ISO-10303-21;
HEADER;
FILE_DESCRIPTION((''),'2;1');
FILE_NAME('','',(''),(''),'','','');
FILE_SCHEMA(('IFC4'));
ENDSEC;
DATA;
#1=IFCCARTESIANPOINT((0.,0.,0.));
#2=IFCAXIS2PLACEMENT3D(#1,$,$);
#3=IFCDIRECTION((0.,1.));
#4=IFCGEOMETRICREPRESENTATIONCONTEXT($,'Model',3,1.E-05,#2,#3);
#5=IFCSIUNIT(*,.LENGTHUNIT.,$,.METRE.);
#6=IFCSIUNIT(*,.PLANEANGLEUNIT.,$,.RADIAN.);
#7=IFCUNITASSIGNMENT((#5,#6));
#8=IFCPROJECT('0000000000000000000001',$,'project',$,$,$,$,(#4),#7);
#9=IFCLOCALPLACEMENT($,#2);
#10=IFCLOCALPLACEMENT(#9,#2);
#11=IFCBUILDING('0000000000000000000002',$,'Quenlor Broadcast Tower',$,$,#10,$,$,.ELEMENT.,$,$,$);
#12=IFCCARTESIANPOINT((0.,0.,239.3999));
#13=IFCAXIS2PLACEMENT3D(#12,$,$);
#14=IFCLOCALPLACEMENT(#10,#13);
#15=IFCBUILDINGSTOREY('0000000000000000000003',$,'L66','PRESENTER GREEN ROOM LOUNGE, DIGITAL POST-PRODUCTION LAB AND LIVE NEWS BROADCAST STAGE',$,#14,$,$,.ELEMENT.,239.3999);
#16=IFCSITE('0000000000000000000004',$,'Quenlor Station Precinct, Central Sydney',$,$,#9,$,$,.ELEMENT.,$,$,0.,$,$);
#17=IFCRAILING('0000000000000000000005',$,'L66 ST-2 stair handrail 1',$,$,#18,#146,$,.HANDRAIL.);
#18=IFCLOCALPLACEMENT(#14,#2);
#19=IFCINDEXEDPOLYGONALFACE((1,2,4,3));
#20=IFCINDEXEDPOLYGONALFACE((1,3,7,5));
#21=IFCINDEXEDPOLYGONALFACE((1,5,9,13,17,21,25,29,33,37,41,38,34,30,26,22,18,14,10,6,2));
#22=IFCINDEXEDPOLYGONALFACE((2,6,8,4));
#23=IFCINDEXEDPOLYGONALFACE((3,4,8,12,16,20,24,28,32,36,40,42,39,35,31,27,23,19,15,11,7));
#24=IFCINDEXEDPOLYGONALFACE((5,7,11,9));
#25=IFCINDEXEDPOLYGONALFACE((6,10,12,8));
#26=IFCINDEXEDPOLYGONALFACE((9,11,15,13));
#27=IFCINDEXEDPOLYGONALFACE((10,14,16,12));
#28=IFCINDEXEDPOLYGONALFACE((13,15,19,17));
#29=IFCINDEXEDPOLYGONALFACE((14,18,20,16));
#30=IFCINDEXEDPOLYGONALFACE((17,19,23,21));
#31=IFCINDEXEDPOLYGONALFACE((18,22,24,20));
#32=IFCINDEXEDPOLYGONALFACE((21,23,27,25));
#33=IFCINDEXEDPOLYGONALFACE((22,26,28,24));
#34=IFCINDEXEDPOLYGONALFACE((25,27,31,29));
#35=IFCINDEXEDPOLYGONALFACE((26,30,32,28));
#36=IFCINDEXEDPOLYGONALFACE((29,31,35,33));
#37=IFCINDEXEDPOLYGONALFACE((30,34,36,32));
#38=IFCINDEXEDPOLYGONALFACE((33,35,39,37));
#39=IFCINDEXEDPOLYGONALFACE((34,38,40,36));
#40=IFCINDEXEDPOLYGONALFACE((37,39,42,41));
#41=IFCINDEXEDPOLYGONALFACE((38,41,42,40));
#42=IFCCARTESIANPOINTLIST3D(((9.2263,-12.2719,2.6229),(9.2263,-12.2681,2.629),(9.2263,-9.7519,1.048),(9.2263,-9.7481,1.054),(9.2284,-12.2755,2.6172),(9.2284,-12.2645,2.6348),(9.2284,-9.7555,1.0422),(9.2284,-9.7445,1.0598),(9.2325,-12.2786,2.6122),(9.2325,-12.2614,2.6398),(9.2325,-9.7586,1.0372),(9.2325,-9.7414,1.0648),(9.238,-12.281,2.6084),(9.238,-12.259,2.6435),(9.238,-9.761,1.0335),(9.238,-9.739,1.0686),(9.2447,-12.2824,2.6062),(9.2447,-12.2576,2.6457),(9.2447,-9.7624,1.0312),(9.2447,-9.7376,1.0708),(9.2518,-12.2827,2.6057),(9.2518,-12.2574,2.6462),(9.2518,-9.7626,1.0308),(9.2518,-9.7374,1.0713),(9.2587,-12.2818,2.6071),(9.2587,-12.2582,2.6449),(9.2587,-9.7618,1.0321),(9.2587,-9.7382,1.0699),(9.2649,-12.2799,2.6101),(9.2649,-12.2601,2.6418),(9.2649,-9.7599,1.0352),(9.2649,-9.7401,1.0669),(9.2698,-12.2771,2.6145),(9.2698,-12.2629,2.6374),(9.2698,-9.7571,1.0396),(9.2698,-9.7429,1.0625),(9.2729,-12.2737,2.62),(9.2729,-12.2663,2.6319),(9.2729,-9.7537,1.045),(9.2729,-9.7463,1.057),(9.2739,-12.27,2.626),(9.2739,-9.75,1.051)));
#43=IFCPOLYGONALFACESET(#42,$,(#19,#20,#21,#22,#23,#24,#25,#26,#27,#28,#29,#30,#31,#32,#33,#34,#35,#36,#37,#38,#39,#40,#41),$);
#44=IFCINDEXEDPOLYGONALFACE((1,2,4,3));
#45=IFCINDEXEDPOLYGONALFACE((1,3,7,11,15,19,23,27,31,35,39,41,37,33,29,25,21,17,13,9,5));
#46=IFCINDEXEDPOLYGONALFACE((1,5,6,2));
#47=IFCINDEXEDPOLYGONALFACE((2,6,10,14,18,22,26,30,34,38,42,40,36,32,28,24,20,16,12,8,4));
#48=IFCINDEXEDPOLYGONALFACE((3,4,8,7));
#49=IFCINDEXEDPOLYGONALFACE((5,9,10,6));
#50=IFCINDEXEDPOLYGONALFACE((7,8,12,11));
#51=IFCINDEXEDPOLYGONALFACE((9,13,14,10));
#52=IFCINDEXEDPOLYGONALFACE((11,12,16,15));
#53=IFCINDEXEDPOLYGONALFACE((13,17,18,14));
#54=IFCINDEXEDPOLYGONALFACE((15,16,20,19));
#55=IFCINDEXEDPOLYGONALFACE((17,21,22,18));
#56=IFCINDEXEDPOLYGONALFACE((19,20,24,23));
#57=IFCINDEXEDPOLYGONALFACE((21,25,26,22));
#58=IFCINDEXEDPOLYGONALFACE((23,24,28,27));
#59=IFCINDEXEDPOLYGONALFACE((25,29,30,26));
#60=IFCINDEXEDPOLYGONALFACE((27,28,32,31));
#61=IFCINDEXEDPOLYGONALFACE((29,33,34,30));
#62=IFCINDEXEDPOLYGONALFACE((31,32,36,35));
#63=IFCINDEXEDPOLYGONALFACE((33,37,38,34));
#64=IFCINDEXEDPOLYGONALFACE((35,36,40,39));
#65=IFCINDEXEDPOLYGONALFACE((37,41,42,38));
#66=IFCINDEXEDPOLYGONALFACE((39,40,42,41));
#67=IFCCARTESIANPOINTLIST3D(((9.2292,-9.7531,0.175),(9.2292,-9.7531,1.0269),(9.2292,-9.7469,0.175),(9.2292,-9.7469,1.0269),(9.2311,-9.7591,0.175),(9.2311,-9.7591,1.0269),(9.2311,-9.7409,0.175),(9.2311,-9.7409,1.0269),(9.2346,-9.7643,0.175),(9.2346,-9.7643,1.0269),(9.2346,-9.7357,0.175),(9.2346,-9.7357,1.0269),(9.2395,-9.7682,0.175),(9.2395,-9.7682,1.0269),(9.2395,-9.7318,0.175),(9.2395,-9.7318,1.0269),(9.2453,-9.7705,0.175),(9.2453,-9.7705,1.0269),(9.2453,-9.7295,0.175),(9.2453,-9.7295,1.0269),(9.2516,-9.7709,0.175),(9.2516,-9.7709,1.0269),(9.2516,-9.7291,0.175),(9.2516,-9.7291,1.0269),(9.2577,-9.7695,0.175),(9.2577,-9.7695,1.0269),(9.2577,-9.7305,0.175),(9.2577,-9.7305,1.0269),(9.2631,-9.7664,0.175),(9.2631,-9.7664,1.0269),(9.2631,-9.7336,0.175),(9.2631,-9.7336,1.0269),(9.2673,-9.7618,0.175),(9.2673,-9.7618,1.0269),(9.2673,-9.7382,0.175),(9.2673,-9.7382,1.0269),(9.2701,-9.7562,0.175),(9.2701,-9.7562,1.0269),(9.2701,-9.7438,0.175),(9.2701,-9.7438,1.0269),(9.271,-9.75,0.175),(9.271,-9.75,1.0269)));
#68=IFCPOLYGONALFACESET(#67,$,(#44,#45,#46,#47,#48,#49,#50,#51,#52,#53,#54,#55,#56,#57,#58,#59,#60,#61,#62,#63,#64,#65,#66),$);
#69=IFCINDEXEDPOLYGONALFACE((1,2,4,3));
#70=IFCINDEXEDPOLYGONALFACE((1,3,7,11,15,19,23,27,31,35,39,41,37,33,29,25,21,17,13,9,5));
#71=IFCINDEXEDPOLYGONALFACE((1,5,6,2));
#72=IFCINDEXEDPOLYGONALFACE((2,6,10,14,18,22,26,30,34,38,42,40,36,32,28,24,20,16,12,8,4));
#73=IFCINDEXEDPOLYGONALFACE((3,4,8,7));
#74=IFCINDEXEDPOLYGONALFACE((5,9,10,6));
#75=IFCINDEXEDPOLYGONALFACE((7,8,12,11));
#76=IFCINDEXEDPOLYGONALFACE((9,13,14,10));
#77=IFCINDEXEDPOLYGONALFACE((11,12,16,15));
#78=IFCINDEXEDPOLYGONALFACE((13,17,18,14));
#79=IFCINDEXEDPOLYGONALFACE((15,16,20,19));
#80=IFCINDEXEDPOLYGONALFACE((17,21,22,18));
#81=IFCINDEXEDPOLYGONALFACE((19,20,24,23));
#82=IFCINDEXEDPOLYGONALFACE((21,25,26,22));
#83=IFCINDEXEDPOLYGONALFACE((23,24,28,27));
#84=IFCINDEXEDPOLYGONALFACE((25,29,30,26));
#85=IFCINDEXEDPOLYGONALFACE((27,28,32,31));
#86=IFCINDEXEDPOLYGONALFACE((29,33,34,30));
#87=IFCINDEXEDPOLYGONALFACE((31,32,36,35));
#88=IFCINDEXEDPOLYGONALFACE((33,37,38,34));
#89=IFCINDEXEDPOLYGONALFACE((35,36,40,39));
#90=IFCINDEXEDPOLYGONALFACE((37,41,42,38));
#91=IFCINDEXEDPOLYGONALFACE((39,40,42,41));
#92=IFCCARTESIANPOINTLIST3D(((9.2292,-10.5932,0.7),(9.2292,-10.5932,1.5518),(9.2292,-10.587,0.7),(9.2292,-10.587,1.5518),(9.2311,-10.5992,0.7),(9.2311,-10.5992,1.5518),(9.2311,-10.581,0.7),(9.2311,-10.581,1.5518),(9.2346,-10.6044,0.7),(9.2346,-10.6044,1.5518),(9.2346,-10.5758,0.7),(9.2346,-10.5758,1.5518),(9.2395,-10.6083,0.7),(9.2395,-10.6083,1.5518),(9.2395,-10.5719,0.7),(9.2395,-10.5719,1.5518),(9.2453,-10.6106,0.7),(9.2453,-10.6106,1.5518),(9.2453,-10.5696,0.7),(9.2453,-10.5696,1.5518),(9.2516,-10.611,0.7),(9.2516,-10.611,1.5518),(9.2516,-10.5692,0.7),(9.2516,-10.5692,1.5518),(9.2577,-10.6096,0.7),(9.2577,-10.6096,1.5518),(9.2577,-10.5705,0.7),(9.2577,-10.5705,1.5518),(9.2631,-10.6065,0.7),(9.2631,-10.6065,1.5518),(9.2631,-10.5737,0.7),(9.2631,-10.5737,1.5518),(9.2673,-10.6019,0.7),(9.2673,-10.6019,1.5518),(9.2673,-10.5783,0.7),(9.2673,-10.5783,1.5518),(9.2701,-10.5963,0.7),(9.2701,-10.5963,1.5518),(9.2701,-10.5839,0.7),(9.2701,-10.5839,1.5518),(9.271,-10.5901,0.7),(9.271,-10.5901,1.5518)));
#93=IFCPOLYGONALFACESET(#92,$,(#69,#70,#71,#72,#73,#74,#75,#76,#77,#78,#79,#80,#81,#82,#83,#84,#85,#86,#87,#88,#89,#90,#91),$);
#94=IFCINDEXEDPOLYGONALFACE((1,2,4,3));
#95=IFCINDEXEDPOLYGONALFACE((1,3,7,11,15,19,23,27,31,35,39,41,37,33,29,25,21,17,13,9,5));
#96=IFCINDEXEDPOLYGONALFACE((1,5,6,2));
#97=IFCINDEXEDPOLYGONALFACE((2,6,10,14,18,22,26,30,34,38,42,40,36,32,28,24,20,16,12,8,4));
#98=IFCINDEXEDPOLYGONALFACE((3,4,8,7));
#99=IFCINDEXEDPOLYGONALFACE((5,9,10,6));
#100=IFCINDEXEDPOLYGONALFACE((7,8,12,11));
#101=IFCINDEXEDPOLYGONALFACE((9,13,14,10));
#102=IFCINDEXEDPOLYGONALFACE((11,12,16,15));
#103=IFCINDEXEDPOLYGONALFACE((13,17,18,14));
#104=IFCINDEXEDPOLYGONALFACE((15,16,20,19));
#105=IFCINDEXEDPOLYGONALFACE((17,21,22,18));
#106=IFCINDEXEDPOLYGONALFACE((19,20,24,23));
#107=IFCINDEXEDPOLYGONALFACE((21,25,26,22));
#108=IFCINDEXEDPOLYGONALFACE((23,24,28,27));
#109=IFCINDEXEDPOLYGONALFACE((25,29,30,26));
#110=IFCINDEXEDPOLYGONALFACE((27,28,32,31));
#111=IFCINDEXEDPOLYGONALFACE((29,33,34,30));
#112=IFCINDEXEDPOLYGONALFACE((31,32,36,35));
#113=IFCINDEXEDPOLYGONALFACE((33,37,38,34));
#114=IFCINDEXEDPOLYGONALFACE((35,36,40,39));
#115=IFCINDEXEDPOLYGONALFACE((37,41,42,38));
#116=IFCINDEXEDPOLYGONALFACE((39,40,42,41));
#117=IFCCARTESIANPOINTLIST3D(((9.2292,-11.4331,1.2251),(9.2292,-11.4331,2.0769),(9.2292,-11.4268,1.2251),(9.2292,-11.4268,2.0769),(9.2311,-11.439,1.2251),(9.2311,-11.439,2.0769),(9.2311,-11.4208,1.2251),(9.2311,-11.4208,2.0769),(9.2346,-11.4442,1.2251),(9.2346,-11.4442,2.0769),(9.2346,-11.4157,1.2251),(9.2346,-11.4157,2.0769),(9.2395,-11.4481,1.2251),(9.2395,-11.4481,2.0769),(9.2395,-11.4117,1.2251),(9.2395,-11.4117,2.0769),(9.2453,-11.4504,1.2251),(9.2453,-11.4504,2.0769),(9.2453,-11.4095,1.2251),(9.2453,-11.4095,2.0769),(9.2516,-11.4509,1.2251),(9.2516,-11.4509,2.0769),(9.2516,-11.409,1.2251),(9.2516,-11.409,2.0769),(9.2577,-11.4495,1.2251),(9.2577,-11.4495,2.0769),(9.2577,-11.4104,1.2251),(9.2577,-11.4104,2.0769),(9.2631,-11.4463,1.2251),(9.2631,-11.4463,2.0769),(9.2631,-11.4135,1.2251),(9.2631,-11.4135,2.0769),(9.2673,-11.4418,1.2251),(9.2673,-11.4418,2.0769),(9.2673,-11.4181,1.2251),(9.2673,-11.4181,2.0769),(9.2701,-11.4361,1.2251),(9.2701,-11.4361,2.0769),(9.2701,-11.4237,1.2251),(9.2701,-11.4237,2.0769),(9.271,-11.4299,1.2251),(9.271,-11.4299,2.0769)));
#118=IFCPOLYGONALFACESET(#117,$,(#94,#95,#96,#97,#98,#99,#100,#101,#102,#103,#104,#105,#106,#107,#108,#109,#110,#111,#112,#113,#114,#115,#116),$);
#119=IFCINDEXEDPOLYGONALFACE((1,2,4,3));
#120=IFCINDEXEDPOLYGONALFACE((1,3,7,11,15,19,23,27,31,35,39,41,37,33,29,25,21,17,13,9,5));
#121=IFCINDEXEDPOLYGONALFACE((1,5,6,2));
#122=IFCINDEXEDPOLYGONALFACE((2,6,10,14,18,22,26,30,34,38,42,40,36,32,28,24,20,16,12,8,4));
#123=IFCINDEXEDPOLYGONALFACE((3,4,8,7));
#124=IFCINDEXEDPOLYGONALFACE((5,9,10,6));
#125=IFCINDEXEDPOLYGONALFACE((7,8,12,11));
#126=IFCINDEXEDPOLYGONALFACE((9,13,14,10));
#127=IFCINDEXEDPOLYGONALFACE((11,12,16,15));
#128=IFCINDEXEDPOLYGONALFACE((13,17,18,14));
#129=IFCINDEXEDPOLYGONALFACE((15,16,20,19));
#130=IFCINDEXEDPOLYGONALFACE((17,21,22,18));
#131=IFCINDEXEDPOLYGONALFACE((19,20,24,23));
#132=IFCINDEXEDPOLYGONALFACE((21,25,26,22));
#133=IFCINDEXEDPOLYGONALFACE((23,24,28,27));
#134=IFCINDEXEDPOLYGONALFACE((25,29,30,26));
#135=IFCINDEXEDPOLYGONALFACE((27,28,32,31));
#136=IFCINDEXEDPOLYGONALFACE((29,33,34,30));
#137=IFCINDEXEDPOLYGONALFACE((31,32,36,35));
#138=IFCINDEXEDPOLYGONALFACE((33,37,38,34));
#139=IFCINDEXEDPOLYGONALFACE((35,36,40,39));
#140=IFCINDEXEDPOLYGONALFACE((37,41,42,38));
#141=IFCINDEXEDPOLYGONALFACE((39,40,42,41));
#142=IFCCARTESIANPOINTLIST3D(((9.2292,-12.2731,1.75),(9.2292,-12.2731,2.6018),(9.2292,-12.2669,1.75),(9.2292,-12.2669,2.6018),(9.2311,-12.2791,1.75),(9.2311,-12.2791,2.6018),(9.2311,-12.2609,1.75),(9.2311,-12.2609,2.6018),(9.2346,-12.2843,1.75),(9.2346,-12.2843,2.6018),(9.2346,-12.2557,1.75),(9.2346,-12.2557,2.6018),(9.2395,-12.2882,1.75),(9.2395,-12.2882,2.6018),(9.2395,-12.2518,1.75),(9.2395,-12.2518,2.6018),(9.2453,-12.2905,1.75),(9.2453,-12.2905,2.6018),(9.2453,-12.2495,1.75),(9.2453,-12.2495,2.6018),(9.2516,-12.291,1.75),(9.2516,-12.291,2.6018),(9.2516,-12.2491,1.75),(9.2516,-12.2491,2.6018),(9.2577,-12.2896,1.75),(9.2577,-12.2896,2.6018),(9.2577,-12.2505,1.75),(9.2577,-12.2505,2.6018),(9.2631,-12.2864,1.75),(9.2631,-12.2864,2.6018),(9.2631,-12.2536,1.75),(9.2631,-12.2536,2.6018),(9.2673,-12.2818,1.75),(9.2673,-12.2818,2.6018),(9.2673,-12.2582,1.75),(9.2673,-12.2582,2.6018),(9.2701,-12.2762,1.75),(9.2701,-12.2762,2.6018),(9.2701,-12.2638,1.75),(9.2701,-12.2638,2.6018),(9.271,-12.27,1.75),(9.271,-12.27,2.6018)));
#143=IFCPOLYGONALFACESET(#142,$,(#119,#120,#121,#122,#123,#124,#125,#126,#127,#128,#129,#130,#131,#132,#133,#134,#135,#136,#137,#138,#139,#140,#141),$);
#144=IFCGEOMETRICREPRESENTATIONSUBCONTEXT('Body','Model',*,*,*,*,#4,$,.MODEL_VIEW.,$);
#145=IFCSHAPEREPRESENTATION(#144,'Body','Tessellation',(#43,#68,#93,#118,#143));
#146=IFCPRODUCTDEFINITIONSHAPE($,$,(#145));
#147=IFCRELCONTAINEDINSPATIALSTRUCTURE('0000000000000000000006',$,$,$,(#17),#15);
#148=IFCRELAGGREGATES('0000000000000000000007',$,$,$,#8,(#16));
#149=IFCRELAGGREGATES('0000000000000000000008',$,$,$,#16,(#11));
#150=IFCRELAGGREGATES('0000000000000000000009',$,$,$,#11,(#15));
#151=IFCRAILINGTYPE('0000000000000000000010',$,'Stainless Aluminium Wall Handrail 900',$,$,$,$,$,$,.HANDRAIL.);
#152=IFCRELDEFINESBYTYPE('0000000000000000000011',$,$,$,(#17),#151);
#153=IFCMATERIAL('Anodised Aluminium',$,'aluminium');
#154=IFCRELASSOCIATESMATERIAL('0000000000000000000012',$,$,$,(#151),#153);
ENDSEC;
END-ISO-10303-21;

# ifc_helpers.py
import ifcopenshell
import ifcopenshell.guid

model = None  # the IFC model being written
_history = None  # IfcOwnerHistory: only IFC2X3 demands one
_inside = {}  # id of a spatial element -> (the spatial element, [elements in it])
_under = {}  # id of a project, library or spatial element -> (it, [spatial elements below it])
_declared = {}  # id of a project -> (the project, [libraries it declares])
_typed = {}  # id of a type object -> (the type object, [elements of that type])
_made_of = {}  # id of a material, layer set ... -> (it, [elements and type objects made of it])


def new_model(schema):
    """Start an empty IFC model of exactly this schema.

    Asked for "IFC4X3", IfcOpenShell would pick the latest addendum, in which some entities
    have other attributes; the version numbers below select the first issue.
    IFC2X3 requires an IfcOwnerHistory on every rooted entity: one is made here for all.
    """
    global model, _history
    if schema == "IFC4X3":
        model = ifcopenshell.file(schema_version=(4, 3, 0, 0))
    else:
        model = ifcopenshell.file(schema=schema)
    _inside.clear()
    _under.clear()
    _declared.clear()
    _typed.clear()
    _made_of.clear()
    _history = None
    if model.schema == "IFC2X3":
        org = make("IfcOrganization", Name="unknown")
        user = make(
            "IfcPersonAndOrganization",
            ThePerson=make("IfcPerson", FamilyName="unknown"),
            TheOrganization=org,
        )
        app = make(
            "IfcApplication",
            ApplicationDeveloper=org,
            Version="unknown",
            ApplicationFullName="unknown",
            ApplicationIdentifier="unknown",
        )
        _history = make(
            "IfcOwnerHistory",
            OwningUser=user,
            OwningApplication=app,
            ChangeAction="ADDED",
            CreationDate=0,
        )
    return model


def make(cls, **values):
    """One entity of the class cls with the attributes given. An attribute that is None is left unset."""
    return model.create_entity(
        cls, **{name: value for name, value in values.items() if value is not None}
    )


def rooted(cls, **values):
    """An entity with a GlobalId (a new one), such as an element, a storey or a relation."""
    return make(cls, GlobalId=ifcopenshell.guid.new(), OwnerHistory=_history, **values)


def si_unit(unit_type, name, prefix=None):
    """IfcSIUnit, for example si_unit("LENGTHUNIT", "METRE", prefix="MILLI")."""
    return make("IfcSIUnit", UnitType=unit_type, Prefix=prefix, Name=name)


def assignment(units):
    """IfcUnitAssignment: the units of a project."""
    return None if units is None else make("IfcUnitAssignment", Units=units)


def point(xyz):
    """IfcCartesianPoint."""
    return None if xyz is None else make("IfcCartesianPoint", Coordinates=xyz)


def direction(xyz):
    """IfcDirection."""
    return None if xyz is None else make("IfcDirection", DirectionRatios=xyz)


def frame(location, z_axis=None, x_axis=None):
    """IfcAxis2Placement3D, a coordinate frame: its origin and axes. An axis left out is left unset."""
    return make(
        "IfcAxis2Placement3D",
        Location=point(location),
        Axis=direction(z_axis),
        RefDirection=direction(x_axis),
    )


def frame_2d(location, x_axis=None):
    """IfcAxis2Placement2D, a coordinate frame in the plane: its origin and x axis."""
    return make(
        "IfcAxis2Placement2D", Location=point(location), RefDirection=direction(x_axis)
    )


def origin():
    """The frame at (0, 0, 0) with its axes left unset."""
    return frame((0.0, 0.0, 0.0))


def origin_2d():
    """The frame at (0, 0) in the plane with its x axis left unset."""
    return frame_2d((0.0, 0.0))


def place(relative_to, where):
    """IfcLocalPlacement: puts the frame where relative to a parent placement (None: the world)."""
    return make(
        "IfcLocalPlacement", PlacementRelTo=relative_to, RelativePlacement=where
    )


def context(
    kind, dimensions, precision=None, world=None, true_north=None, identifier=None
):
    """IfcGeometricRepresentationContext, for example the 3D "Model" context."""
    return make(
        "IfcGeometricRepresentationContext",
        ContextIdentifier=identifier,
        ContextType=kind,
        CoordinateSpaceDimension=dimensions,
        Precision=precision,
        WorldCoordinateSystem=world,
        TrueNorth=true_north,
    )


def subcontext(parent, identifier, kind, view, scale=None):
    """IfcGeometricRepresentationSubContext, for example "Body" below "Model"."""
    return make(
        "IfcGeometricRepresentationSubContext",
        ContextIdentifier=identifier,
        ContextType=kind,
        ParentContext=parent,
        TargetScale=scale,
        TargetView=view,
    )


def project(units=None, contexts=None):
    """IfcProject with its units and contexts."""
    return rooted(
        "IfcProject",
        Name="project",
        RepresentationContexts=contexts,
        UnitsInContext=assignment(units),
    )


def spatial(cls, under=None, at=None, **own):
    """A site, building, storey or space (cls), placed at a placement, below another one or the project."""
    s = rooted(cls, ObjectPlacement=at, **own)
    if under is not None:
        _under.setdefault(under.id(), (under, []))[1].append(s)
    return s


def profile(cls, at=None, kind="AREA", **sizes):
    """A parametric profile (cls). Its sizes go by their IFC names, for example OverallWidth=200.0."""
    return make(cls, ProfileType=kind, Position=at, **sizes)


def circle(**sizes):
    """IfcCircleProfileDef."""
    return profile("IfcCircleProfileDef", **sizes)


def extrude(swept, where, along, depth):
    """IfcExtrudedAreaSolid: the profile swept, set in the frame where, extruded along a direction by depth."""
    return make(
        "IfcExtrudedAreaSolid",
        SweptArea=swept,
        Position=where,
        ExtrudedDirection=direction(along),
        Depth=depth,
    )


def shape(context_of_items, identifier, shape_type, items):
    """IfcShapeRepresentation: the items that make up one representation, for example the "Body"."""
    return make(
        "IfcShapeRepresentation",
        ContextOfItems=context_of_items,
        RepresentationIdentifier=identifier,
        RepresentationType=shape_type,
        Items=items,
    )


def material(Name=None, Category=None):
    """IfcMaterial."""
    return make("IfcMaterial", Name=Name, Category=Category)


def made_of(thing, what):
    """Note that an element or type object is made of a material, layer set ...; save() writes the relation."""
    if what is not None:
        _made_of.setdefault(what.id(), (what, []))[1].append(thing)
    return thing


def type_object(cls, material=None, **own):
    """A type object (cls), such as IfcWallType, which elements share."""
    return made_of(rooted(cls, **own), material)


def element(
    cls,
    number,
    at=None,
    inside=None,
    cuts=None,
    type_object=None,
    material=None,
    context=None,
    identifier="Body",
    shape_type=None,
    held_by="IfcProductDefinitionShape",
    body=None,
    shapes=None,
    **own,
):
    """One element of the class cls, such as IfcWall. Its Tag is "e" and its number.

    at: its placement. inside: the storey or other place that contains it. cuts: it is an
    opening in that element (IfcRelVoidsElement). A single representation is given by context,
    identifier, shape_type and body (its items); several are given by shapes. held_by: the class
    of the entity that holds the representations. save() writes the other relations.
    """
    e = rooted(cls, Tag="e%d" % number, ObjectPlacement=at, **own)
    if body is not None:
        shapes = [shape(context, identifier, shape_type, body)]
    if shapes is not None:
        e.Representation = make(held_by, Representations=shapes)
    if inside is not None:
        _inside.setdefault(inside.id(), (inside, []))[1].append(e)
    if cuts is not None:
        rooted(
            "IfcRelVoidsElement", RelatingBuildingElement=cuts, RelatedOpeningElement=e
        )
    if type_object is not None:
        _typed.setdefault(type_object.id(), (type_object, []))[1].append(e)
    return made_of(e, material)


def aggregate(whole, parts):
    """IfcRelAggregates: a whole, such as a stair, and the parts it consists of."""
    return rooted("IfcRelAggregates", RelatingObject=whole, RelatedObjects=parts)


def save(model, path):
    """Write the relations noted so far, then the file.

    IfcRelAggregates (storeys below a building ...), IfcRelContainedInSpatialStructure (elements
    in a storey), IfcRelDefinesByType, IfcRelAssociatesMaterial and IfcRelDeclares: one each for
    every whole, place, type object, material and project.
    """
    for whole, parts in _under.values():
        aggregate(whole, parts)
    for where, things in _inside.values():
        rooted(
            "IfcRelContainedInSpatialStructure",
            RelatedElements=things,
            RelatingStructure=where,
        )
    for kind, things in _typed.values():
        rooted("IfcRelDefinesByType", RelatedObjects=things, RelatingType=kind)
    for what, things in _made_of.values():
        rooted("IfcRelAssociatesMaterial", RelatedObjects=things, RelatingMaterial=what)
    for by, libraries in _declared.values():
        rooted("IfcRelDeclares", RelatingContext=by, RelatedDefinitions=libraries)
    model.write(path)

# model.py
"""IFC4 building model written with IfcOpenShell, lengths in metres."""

from ifc_helpers import new_model, si_unit, direction, frame, origin, origin_2d, place, context, subcontext, project, spatial, circle, extrude, material, type_object, element, save


model = new_model("IFC4")

# Units and contexts
model_context = context("Model", 3, precision=1e-05, world=origin(), true_north=direction((0.0, 1.0)))
body_context = subcontext(model_context, "Body", "Model", "MODEL_VIEW")
ifc_project = project(units=[si_unit("LENGTHUNIT", "METRE"), si_unit("PLANEANGLEUNIT", "RADIAN")], contexts=[model_context])

# Site, building, storey
site_placement = place(None, origin())
site = spatial("IfcSite", under=ifc_project, at=site_placement, Name="Quenlor Station Precinct, Central Sydney", CompositionType="ELEMENT", RefElevation=0.0)
building_placement = place(site_placement, origin())
building = spatial("IfcBuilding", under=site, at=building_placement, Name="Quenlor Broadcast Tower", CompositionType="ELEMENT")
storey_placement = place(building_placement, frame((0.0, 0.0, 239.3999)))
storey = spatial("IfcBuildingStorey", under=building, at=storey_placement, Name="L66", Description="PRESENTER GREEN ROOM LOUNGE, DIGITAL POST-PRODUCTION LAB AND LIVE NEWS BROADCAST STAGE", CompositionType="ELEMENT", Elevation=239.3999)

# Railing
ifc_material_1 = material(Name="Anodised Aluminium", Category="aluminium")
railing_type_1 = type_object("IfcRailingType", Name="Stainless Aluminium Wall Handrail 900", PredefinedType="HANDRAIL", material=ifc_material_1)
railing_1_placement = place(storey_placement, frame((9.25, -9.75, 0.175)))
element("IfcRailing", 1, at=railing_1_placement, inside=storey, type_object=railing_type_1, Name="L66 ST-2 stair handrail 1", PredefinedType="HANDRAIL", context=body_context, shape_type="SweptSolid", body=[
    extrude(circle(Radius=0.0239, at=origin_2d()), frame((0.0, 0.0, 0.876), z_axis=(0.0, -0.848008, 0.529984), x_axis=(1.0, 0.0, 0.0)), (0.0, 0.0, 1.0), 2.9717),
    extrude(circle(Radius=0.021, at=origin_2d()), origin(), (0.0, 0.0, 1.0), 0.8518),
    extrude(circle(Radius=0.021, at=origin_2d()), frame((0.0, -0.8401, 0.5249)), (0.0, 0.0, 1.0), 0.8518),
    extrude(circle(Radius=0.021, at=origin_2d()), frame((0.0, -1.6799, 1.05)), (0.0, 0.0, 1.0), 0.8518),
    extrude(circle(Radius=0.021, at=origin_2d()), frame((0.0, -2.52, 1.575)), (0.0, 0.0, 1.0), 0.8518),
])

save(model, "model.ifc")
